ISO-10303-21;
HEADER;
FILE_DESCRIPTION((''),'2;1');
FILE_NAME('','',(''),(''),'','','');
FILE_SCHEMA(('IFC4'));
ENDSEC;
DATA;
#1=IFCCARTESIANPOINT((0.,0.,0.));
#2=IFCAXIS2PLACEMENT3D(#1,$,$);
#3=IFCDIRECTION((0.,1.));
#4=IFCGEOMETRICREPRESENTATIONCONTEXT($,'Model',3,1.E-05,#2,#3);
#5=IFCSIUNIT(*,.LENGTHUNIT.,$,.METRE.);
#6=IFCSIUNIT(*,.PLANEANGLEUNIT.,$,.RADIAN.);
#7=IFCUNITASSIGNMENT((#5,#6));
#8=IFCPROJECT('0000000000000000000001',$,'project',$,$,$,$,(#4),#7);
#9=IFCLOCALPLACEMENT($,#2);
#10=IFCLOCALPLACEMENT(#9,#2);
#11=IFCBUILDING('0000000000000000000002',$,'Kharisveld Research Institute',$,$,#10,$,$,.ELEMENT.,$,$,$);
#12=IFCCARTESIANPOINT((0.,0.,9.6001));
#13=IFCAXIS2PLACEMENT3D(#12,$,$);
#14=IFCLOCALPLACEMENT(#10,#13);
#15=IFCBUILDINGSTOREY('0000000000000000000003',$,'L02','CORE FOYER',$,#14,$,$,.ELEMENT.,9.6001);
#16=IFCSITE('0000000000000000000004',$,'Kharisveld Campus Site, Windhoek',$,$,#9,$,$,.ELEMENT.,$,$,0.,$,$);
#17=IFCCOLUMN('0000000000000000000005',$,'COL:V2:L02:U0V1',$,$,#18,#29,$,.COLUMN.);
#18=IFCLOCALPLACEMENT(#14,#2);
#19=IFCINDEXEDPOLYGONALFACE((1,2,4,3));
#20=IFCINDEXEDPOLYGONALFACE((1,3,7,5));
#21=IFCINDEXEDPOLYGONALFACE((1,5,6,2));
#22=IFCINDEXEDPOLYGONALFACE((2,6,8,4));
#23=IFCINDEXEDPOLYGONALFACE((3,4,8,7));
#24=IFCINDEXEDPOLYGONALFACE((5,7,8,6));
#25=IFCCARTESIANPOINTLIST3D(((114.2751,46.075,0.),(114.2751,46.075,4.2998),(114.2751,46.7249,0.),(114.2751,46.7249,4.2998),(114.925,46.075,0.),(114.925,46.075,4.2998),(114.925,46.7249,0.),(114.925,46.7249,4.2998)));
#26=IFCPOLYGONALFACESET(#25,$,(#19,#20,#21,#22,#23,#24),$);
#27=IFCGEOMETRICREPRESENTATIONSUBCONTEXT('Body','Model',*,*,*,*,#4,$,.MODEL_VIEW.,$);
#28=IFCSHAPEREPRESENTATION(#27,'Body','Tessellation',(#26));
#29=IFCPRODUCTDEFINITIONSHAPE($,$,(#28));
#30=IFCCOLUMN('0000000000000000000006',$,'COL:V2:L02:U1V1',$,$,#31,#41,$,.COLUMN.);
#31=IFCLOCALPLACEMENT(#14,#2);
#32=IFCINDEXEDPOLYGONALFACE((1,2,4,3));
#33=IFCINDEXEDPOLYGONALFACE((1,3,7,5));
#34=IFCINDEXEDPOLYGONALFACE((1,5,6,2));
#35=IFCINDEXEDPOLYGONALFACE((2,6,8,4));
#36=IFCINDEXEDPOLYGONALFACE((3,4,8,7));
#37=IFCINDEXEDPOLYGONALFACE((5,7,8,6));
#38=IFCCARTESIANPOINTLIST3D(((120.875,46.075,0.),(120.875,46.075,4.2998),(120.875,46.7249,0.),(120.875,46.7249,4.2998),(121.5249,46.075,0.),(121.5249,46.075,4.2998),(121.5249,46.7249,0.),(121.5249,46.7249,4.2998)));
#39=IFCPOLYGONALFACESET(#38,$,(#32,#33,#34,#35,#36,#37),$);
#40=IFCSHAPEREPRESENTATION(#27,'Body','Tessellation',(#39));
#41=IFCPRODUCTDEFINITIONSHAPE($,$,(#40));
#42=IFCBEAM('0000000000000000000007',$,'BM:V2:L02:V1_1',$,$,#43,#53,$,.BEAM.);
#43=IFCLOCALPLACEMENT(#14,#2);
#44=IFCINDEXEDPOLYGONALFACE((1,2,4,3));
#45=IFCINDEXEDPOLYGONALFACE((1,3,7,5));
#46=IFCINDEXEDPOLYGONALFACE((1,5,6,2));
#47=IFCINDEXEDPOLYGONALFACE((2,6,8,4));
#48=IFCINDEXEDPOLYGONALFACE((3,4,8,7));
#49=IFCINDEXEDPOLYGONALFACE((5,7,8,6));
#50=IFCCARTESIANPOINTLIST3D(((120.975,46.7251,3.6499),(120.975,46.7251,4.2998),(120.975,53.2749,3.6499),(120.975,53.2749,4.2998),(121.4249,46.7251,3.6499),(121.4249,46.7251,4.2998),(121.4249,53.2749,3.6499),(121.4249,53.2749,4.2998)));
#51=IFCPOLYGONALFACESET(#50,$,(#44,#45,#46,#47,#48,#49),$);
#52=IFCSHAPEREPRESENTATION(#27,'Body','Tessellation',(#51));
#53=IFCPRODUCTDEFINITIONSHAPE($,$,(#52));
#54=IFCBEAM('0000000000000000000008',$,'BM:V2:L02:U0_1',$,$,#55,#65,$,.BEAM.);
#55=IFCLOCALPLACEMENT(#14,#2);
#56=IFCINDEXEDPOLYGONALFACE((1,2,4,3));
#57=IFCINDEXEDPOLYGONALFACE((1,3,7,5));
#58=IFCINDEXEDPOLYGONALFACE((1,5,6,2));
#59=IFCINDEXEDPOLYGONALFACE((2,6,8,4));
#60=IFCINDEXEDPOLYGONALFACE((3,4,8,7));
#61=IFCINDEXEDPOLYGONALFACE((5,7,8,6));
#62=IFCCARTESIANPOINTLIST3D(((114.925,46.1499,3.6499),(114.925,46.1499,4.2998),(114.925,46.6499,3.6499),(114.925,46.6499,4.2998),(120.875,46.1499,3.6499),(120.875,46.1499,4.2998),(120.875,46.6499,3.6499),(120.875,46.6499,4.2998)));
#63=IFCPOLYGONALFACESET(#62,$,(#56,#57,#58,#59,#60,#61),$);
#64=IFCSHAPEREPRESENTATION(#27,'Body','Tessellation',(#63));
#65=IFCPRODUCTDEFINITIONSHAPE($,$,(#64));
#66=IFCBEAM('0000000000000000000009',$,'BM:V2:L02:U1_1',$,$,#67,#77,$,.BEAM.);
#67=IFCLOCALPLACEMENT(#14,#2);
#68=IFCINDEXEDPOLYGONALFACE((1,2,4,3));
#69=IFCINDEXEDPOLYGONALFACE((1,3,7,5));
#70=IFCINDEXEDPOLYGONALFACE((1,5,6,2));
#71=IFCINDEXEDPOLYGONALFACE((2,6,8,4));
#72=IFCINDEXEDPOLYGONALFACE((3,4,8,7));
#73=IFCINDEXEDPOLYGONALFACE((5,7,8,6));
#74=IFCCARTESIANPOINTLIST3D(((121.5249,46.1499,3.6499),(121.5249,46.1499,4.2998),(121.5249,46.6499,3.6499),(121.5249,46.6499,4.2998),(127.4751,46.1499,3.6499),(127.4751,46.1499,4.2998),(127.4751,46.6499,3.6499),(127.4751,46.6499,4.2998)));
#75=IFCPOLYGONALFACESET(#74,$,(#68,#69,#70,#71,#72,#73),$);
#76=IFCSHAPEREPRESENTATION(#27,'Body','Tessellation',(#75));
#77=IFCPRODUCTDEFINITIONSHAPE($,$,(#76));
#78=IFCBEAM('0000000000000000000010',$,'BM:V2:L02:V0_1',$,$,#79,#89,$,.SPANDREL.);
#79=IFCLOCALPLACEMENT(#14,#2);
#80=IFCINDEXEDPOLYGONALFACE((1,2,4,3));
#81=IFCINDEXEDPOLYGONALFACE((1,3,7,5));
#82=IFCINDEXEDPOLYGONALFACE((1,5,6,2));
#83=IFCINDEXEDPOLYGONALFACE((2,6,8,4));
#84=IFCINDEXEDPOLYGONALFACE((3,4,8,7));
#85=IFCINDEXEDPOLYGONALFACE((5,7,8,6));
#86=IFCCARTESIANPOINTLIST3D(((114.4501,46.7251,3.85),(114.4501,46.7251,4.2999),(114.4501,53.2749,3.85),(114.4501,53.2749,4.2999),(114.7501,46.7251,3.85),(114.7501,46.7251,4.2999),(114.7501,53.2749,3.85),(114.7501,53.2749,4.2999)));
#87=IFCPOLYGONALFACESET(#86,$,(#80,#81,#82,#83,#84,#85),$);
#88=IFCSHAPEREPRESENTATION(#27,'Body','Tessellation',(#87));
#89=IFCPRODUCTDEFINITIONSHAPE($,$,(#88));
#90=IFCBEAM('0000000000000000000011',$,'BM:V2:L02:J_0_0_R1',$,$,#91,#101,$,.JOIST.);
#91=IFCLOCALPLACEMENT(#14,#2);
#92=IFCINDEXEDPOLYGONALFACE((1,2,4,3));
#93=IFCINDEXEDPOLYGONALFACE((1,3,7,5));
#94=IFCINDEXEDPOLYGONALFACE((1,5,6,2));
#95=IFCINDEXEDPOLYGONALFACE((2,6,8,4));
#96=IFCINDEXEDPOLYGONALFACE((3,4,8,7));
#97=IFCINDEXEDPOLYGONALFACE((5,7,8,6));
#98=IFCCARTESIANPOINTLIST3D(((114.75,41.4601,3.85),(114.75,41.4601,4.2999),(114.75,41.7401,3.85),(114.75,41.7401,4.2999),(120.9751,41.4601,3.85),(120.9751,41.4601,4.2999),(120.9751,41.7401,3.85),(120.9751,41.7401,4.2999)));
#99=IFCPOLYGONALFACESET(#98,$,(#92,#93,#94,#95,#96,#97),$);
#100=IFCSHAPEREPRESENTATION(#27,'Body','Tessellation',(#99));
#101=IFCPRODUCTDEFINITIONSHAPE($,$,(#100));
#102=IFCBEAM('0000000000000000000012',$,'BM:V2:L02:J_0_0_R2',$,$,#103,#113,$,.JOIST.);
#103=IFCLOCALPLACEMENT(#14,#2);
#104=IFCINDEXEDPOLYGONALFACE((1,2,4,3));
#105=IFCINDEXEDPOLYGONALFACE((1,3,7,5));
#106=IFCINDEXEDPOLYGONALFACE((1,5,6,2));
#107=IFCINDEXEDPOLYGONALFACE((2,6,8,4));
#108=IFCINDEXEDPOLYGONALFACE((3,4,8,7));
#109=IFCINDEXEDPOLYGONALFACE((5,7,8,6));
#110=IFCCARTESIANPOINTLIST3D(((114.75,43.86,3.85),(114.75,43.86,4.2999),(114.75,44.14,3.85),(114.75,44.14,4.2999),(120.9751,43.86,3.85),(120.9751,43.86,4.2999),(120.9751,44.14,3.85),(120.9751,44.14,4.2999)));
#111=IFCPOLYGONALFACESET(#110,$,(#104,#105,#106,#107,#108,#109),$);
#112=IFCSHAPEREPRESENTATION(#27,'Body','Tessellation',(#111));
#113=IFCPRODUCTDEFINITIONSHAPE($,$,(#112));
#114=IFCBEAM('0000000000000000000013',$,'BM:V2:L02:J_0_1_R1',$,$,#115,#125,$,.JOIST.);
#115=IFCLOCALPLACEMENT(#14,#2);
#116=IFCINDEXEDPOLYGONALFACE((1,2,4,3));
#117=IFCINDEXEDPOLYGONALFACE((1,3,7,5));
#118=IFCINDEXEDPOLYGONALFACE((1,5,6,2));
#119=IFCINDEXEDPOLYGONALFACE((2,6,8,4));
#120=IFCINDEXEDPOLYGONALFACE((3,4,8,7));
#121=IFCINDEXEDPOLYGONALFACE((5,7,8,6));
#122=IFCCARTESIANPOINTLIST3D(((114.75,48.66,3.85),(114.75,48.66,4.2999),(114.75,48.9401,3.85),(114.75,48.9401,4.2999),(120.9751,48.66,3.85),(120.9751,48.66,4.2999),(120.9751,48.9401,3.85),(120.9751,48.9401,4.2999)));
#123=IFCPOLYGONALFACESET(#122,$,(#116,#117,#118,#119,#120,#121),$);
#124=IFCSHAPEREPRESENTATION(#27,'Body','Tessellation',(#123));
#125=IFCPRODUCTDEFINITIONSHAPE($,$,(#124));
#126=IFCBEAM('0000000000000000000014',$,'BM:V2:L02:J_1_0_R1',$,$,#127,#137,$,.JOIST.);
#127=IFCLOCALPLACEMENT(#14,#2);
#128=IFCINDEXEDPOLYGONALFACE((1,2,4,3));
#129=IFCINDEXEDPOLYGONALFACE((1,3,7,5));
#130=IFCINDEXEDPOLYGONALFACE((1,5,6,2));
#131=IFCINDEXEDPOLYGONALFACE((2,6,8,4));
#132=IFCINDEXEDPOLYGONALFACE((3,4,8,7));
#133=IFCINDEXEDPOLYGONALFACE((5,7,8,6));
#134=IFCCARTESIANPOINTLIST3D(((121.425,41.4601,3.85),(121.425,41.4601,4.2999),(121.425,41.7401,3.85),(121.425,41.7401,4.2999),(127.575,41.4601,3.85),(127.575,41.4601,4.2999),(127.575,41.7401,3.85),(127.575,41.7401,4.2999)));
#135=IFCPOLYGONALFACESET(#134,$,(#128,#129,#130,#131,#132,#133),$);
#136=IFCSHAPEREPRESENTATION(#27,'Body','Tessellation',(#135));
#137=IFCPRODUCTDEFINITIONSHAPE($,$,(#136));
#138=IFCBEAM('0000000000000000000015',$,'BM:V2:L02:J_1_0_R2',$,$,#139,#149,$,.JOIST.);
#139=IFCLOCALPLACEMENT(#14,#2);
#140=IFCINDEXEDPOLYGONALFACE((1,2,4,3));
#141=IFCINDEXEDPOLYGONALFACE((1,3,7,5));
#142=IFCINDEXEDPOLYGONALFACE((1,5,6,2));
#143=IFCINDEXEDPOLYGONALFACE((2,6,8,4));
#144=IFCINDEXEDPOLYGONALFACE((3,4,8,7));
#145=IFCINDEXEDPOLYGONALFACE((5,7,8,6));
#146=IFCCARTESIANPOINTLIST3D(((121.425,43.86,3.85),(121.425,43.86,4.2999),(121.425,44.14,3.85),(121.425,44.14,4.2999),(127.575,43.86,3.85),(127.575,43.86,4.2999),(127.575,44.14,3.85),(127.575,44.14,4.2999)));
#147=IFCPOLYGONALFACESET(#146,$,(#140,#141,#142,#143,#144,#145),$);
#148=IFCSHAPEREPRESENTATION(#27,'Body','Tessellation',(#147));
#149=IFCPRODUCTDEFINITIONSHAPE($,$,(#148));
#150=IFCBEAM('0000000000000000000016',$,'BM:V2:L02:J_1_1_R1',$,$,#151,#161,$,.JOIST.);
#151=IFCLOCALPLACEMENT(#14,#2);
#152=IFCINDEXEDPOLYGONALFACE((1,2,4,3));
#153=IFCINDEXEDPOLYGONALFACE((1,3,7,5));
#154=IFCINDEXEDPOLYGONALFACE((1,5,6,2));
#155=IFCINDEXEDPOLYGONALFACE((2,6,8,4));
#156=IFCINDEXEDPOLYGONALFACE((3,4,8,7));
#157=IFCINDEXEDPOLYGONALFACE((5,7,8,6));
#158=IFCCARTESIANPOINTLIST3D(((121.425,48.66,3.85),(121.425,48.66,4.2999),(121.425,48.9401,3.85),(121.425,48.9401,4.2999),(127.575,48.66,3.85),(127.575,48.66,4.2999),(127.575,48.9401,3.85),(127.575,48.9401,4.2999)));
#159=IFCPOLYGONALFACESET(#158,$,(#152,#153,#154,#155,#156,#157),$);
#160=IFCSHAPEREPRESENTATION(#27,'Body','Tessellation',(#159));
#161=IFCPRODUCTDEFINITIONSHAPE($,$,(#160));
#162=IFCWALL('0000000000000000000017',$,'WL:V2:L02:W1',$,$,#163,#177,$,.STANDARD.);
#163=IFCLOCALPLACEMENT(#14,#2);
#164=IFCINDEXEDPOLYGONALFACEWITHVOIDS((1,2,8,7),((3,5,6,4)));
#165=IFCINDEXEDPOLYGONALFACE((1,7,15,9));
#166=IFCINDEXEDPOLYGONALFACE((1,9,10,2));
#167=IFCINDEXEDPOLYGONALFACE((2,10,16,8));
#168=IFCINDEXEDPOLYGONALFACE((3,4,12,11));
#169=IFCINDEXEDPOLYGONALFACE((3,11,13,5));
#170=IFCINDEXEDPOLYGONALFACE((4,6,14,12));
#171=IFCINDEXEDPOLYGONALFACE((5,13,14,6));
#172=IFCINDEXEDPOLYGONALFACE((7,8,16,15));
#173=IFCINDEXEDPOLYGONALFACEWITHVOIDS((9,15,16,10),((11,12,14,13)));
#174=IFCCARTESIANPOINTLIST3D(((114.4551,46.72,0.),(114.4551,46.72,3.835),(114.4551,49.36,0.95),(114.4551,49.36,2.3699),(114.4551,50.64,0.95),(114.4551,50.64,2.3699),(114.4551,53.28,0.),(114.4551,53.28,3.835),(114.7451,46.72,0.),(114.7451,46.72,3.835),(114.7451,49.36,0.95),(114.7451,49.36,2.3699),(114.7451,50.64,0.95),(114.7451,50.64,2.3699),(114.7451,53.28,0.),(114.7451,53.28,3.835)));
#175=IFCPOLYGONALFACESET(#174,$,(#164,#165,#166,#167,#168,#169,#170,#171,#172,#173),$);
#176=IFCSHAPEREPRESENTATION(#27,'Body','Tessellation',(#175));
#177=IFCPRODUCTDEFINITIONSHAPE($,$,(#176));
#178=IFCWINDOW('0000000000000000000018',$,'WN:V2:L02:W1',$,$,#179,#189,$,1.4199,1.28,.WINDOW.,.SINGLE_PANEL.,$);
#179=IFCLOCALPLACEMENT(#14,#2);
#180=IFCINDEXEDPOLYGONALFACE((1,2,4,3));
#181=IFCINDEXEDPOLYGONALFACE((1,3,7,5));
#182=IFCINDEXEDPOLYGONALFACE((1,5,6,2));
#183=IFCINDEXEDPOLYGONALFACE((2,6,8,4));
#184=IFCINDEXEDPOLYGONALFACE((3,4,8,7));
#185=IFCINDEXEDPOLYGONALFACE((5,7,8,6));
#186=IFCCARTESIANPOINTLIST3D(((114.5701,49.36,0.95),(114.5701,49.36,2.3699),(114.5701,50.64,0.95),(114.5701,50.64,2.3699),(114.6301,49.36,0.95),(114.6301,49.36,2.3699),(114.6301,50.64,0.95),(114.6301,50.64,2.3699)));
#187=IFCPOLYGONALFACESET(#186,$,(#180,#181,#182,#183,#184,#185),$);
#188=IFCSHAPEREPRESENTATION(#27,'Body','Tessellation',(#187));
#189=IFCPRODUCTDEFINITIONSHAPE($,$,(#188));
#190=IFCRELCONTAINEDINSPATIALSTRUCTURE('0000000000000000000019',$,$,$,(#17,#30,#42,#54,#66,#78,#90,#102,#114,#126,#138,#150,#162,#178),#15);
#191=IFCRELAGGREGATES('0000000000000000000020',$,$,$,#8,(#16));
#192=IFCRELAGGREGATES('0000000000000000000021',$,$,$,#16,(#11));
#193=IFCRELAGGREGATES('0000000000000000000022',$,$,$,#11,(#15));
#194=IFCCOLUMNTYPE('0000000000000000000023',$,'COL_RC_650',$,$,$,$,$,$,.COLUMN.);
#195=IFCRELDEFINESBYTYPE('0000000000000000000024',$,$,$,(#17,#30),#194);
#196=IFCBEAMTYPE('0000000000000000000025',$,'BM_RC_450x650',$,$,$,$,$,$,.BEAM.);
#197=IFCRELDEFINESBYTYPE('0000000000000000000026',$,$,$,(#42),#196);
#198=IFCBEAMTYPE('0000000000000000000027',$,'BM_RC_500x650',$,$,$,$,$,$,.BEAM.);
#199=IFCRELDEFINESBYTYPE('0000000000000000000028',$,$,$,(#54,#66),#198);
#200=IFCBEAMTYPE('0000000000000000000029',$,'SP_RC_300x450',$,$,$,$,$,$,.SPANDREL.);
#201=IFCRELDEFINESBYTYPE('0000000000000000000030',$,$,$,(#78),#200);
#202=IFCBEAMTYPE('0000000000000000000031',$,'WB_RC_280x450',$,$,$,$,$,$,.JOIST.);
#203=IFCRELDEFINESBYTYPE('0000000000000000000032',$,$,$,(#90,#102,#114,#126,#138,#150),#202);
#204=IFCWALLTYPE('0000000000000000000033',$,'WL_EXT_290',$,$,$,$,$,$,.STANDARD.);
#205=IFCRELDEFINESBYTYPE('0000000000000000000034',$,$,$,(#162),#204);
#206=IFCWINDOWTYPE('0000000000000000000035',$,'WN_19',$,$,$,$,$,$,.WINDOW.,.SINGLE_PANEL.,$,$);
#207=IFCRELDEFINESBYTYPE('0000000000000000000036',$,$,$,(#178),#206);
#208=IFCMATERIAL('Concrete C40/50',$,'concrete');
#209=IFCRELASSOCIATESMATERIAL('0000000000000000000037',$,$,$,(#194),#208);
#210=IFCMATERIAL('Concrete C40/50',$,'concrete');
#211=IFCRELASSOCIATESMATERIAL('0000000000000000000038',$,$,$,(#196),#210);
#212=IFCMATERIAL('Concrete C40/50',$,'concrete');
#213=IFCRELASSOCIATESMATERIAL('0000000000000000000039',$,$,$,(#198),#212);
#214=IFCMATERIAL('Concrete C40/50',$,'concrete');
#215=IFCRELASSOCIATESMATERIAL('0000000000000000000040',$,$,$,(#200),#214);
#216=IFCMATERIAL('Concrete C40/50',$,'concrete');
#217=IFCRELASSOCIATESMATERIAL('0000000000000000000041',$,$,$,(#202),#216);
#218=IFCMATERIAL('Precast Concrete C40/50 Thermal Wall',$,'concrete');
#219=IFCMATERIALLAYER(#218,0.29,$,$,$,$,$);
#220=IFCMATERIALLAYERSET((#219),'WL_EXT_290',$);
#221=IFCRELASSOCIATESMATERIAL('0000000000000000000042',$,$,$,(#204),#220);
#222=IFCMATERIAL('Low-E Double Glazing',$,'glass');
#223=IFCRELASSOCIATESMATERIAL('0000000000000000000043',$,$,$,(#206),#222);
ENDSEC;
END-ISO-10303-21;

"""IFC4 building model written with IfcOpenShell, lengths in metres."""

from ifc_helpers import new_model, si_unit, direction, frame, frame_2d, origin, origin_2d, place, context, subcontext, project, spatial, rectangle, extrude, material, layer, layer_set, material_profile, profile_set, type_object, element, fill, save


model = new_model("IFC4")

# Units and contexts
model_context = context("Model", 3, precision=1e-05, world=origin(), true_north=direction((0.0, 1.0)))
body_context = subcontext(model_context, "Body", "Model", "MODEL_VIEW")
ifc_project = project(units=[si_unit("LENGTHUNIT", "METRE"), si_unit("PLANEANGLEUNIT", "RADIAN")], contexts=[model_context])

# Site, building, storey
site_placement = place(None, origin())
site = spatial("IfcSite", under=ifc_project, at=site_placement, Name="Kharisveld Campus Site, Windhoek", CompositionType="ELEMENT", RefElevation=0.0)
building_placement = place(site_placement, origin())
building = spatial("IfcBuilding", under=site, at=building_placement, Name="Kharisveld Research Institute", CompositionType="ELEMENT")
storey_placement = place(building_placement, frame((0.0, 0.0, 9.6001)))
storey = spatial("IfcBuildingStorey", under=building, at=storey_placement, Name="L02", Description="CORE FOYER", CompositionType="ELEMENT", Elevation=9.6001)

# Columns
ifc_material_1 = material(Name="Concrete C40/50", Category="concrete")
ifc_material_profile_1 = material_profile(ifc_material_1, rectangle(XDim=0.6499, YDim=0.6499, at=origin_2d()))
ifc_profile_set_1 = profile_set([ifc_material_profile_1], Name="Concrete C40/50")
column_type = type_object("IfcColumnType", Name="COL_RC_650", PredefinedType="COLUMN", material=ifc_profile_set_1)
for number, where, z_axis, x_axis, name in (
    (1, (114.6001, 46.3999, 0.0), (0.0, 0.0, 1.0), (1.0, 0.0, 0.0), "COL:V2:L02:U0V1"),
    (2, (121.2, 46.3999, 0.0), (0.0, 0.0, 1.0), (1.0, 0.0, 0.0), "COL:V2:L02:U1V1"),
):
    element("IfcColumn", number, at=place(storey_placement, frame(where, z_axis=z_axis, x_axis=x_axis)), inside=storey, type_object=column_type, Name=name, PredefinedType="COLUMN", context=body_context, shape_type="SweptSolid", body=[
        extrude(rectangle(XDim=0.6499, YDim=0.6499, at=origin_2d()), origin(), (0.0, 0.0, 1.0), 4.2998),
    ])

# Beams
ifc_material_2 = material(Name="Concrete C40/50", Category="concrete")
ifc_material_profile_2 = material_profile(ifc_material_2, rectangle(XDim=0.45, YDim=0.6499, at=origin_2d()))
ifc_profile_set_2 = profile_set([ifc_material_profile_2], Name="Concrete C40/50")
beam_type_1 = type_object("IfcBeamType", Name="BM_RC_450x650", PredefinedType="BEAM", material=ifc_profile_set_2)
beam_1_placement = place(storey_placement, frame((121.2, 46.7251, 3.9749), z_axis=(0.0, 1.0, 0.0), x_axis=(-1.0, 0.0, 0.0)))
element("IfcBeam", 3, at=beam_1_placement, inside=storey, type_object=beam_type_1, Name="BM:V2:L02:V1_1", PredefinedType="BEAM", context=body_context, shape_type="SweptSolid", body=[
    extrude(rectangle(XDim=0.45, YDim=0.6499, at=origin_2d()), origin(), (0.0, 0.0, 1.0), 6.5498),
])
ifc_material_3 = material(Name="Concrete C40/50", Category="concrete")
ifc_material_profile_3 = material_profile(ifc_material_3, rectangle(XDim=0.5, YDim=0.6499, at=origin_2d()))
ifc_profile_set_3 = profile_set([ifc_material_profile_3], Name="Concrete C40/50")
beam_type_2 = type_object("IfcBeamType", Name="BM_RC_500x650", PredefinedType="BEAM", material=ifc_profile_set_3)
beam_2_placement = place(storey_placement, frame((114.925, 46.3999, 3.9749), z_axis=(1.0, 0.0, 0.0), x_axis=(0.0, 1.0, 0.0)))
element("IfcBeam", 4, at=beam_2_placement, inside=storey, type_object=beam_type_2, Name="BM:V2:L02:U0_1", PredefinedType="BEAM", context=body_context, shape_type="SweptSolid", body=[
    extrude(rectangle(XDim=0.5, YDim=0.6499, at=origin_2d()), origin(), (0.0, 0.0, 1.0), 5.95),
])
beam_3_placement = place(storey_placement, frame((121.5249, 46.3999, 3.9749), z_axis=(1.0, 0.0, 0.0), x_axis=(0.0, 1.0, 0.0)))
element("IfcBeam", 5, at=beam_3_placement, inside=storey, type_object=beam_type_2, Name="BM:V2:L02:U1_1", PredefinedType="BEAM", context=body_context, shape_type="SweptSolid", body=[
    extrude(rectangle(XDim=0.5, YDim=0.6499, at=origin_2d()), origin(), (0.0, 0.0, 1.0), 5.9502),
])
ifc_material_4 = material(Name="Concrete C40/50", Category="concrete")
ifc_material_profile_4 = material_profile(ifc_material_4, rectangle(XDim=0.3, YDim=0.45, at=origin_2d()))
ifc_profile_set_4 = profile_set([ifc_material_profile_4], Name="Concrete C40/50")
beam_type_3 = type_object("IfcBeamType", Name="SP_RC_300x450", PredefinedType="SPANDREL", material=ifc_profile_set_4)
beam_4_placement = place(storey_placement, frame((114.6001, 46.7251, 4.075), z_axis=(0.0, 1.0, 0.0), x_axis=(-1.0, 0.0, 0.0)))
element("IfcBeam", 6, at=beam_4_placement, inside=storey, type_object=beam_type_3, Name="BM:V2:L02:V0_1", PredefinedType="SPANDREL", context=body_context, shape_type="SweptSolid", body=[
    extrude(rectangle(XDim=0.3, YDim=0.45, at=origin_2d()), origin(), (0.0, 0.0, 1.0), 6.5498),
])
ifc_material_5 = material(Name="Concrete C40/50", Category="concrete")
ifc_material_profile_5 = material_profile(ifc_material_5, rectangle(XDim=0.28, YDim=0.45, at=origin_2d()))
ifc_profile_set_5 = profile_set([ifc_material_profile_5], Name="Concrete C40/50")
beam_type_4 = type_object("IfcBeamType", Name="WB_RC_280x450", PredefinedType="JOIST", material=ifc_profile_set_5)
for number, where, z_axis, x_axis, name in (
    (7, (114.75, 41.6001, 4.075), (1.0, 0.0, 0.0), (0.0, 1.0, 0.0), "BM:V2:L02:J_0_0_R1"),
    (8, (114.75, 44.0, 4.075), (1.0, 0.0, 0.0), (0.0, 1.0, 0.0), "BM:V2:L02:J_0_0_R2"),
    (9, (114.75, 48.8, 4.075), (1.0, 0.0, 0.0), (0.0, 1.0, 0.0), "BM:V2:L02:J_0_1_R1"),
):
    element("IfcBeam", number, at=place(storey_placement, frame(where, z_axis=z_axis, x_axis=x_axis)), inside=storey, type_object=beam_type_4, Name=name, PredefinedType="JOIST", context=body_context, shape_type="SweptSolid", body=[
        extrude(rectangle(XDim=0.28, YDim=0.45, at=origin_2d()), origin(), (0.0, 0.0, 1.0), 6.2251),
    ])
for number, where, z_axis, x_axis, name in (
    (10, (121.425, 41.6001, 4.075), (1.0, 0.0, 0.0), (0.0, 1.0, 0.0), "BM:V2:L02:J_1_0_R1"),
    (11, (121.425, 44.0, 4.075), (1.0, 0.0, 0.0), (0.0, 1.0, 0.0), "BM:V2:L02:J_1_0_R2"),
    (12, (121.425, 48.8, 4.075), (1.0, 0.0, 0.0), (0.0, 1.0, 0.0), "BM:V2:L02:J_1_1_R1"),
):
    element("IfcBeam", number, at=place(storey_placement, frame(where, z_axis=z_axis, x_axis=x_axis)), inside=storey, type_object=beam_type_4, Name=name, PredefinedType="JOIST", context=body_context, shape_type="SweptSolid", body=[
        extrude(rectangle(XDim=0.28, YDim=0.45, at=origin_2d()), origin(), (0.0, 0.0, 1.0), 6.1499),
    ])

# Wall, opening, window
ifc_material_6 = material(Name="Precast Concrete C40/50 Thermal Wall", Category="concrete")
ifc_layer_1 = layer(ifc_material_6, 0.29)
ifc_layer_set_1 = layer_set([ifc_layer_1], Name="WL_EXT_290")
wall_type_1 = type_object("IfcWallType", Name="WL_EXT_290", PredefinedType="STANDARD", material=ifc_layer_set_1)
wall_1_placement = place(storey_placement, frame((114.6001, 46.72, 0.0), z_axis=(0.0, 0.0, 1.0), x_axis=(0.0, 1.0, 0.0)))
wall_1 = element("IfcWall", 13, at=wall_1_placement, inside=storey, type_object=wall_type_1, Name="WL:V2:L02:W1", PredefinedType="STANDARD", context=body_context, shape_type="SweptSolid", body=[
    extrude(rectangle(XDim=6.5601, YDim=0.29, at=frame_2d((3.28, 0.0))), origin(), (0.0, 0.0, 1.0), 3.835),
])
opening_1_placement = place(wall_1_placement, frame((2.6399, 0.0, 0.95)))
opening_1 = element("IfcOpeningElement", 14, at=opening_1_placement, cuts=wall_1, PredefinedType="OPENING", context=body_context, shape_type="SweptSolid", body=[
    extrude(rectangle(XDim=1.28, YDim=1.4199, at=frame_2d((0.6401, 0.71))), frame((0.0, 0.145, 0.0), z_axis=(0.0, -1.0, 0.0), x_axis=(1.0, 0.0, 0.0)), (0.0, 0.0, 1.0), 0.29),
])
ifc_material_7 = material(Name="Low-E Double Glazing", Category="glass")
window_type = type_object("IfcWindowType", Name="WN_19", PartitioningType="SINGLE_PANEL", PredefinedType="WINDOW", material=ifc_material_7)
window_placement = place(opening_1_placement, origin())
window = element("IfcWindow", 15, at=window_placement, inside=storey, type_object=window_type, Name="WN:V2:L02:W1", OverallHeight=1.4199, OverallWidth=1.28, PartitioningType="SINGLE_PANEL", PredefinedType="WINDOW", context=body_context, shape_type="SweptSolid", body=[
    extrude(rectangle(XDim=1.28, YDim=1.4199, at=frame_2d((0.6401, 0.71))), frame((0.0, 0.03, 0.0), z_axis=(0.0, -1.0, 0.0), x_axis=(1.0, 0.0, 0.0)), (0.0, 0.0, 1.0), 0.0601),
])
fill(opening_1, window)

save(model, "model.ifc")
